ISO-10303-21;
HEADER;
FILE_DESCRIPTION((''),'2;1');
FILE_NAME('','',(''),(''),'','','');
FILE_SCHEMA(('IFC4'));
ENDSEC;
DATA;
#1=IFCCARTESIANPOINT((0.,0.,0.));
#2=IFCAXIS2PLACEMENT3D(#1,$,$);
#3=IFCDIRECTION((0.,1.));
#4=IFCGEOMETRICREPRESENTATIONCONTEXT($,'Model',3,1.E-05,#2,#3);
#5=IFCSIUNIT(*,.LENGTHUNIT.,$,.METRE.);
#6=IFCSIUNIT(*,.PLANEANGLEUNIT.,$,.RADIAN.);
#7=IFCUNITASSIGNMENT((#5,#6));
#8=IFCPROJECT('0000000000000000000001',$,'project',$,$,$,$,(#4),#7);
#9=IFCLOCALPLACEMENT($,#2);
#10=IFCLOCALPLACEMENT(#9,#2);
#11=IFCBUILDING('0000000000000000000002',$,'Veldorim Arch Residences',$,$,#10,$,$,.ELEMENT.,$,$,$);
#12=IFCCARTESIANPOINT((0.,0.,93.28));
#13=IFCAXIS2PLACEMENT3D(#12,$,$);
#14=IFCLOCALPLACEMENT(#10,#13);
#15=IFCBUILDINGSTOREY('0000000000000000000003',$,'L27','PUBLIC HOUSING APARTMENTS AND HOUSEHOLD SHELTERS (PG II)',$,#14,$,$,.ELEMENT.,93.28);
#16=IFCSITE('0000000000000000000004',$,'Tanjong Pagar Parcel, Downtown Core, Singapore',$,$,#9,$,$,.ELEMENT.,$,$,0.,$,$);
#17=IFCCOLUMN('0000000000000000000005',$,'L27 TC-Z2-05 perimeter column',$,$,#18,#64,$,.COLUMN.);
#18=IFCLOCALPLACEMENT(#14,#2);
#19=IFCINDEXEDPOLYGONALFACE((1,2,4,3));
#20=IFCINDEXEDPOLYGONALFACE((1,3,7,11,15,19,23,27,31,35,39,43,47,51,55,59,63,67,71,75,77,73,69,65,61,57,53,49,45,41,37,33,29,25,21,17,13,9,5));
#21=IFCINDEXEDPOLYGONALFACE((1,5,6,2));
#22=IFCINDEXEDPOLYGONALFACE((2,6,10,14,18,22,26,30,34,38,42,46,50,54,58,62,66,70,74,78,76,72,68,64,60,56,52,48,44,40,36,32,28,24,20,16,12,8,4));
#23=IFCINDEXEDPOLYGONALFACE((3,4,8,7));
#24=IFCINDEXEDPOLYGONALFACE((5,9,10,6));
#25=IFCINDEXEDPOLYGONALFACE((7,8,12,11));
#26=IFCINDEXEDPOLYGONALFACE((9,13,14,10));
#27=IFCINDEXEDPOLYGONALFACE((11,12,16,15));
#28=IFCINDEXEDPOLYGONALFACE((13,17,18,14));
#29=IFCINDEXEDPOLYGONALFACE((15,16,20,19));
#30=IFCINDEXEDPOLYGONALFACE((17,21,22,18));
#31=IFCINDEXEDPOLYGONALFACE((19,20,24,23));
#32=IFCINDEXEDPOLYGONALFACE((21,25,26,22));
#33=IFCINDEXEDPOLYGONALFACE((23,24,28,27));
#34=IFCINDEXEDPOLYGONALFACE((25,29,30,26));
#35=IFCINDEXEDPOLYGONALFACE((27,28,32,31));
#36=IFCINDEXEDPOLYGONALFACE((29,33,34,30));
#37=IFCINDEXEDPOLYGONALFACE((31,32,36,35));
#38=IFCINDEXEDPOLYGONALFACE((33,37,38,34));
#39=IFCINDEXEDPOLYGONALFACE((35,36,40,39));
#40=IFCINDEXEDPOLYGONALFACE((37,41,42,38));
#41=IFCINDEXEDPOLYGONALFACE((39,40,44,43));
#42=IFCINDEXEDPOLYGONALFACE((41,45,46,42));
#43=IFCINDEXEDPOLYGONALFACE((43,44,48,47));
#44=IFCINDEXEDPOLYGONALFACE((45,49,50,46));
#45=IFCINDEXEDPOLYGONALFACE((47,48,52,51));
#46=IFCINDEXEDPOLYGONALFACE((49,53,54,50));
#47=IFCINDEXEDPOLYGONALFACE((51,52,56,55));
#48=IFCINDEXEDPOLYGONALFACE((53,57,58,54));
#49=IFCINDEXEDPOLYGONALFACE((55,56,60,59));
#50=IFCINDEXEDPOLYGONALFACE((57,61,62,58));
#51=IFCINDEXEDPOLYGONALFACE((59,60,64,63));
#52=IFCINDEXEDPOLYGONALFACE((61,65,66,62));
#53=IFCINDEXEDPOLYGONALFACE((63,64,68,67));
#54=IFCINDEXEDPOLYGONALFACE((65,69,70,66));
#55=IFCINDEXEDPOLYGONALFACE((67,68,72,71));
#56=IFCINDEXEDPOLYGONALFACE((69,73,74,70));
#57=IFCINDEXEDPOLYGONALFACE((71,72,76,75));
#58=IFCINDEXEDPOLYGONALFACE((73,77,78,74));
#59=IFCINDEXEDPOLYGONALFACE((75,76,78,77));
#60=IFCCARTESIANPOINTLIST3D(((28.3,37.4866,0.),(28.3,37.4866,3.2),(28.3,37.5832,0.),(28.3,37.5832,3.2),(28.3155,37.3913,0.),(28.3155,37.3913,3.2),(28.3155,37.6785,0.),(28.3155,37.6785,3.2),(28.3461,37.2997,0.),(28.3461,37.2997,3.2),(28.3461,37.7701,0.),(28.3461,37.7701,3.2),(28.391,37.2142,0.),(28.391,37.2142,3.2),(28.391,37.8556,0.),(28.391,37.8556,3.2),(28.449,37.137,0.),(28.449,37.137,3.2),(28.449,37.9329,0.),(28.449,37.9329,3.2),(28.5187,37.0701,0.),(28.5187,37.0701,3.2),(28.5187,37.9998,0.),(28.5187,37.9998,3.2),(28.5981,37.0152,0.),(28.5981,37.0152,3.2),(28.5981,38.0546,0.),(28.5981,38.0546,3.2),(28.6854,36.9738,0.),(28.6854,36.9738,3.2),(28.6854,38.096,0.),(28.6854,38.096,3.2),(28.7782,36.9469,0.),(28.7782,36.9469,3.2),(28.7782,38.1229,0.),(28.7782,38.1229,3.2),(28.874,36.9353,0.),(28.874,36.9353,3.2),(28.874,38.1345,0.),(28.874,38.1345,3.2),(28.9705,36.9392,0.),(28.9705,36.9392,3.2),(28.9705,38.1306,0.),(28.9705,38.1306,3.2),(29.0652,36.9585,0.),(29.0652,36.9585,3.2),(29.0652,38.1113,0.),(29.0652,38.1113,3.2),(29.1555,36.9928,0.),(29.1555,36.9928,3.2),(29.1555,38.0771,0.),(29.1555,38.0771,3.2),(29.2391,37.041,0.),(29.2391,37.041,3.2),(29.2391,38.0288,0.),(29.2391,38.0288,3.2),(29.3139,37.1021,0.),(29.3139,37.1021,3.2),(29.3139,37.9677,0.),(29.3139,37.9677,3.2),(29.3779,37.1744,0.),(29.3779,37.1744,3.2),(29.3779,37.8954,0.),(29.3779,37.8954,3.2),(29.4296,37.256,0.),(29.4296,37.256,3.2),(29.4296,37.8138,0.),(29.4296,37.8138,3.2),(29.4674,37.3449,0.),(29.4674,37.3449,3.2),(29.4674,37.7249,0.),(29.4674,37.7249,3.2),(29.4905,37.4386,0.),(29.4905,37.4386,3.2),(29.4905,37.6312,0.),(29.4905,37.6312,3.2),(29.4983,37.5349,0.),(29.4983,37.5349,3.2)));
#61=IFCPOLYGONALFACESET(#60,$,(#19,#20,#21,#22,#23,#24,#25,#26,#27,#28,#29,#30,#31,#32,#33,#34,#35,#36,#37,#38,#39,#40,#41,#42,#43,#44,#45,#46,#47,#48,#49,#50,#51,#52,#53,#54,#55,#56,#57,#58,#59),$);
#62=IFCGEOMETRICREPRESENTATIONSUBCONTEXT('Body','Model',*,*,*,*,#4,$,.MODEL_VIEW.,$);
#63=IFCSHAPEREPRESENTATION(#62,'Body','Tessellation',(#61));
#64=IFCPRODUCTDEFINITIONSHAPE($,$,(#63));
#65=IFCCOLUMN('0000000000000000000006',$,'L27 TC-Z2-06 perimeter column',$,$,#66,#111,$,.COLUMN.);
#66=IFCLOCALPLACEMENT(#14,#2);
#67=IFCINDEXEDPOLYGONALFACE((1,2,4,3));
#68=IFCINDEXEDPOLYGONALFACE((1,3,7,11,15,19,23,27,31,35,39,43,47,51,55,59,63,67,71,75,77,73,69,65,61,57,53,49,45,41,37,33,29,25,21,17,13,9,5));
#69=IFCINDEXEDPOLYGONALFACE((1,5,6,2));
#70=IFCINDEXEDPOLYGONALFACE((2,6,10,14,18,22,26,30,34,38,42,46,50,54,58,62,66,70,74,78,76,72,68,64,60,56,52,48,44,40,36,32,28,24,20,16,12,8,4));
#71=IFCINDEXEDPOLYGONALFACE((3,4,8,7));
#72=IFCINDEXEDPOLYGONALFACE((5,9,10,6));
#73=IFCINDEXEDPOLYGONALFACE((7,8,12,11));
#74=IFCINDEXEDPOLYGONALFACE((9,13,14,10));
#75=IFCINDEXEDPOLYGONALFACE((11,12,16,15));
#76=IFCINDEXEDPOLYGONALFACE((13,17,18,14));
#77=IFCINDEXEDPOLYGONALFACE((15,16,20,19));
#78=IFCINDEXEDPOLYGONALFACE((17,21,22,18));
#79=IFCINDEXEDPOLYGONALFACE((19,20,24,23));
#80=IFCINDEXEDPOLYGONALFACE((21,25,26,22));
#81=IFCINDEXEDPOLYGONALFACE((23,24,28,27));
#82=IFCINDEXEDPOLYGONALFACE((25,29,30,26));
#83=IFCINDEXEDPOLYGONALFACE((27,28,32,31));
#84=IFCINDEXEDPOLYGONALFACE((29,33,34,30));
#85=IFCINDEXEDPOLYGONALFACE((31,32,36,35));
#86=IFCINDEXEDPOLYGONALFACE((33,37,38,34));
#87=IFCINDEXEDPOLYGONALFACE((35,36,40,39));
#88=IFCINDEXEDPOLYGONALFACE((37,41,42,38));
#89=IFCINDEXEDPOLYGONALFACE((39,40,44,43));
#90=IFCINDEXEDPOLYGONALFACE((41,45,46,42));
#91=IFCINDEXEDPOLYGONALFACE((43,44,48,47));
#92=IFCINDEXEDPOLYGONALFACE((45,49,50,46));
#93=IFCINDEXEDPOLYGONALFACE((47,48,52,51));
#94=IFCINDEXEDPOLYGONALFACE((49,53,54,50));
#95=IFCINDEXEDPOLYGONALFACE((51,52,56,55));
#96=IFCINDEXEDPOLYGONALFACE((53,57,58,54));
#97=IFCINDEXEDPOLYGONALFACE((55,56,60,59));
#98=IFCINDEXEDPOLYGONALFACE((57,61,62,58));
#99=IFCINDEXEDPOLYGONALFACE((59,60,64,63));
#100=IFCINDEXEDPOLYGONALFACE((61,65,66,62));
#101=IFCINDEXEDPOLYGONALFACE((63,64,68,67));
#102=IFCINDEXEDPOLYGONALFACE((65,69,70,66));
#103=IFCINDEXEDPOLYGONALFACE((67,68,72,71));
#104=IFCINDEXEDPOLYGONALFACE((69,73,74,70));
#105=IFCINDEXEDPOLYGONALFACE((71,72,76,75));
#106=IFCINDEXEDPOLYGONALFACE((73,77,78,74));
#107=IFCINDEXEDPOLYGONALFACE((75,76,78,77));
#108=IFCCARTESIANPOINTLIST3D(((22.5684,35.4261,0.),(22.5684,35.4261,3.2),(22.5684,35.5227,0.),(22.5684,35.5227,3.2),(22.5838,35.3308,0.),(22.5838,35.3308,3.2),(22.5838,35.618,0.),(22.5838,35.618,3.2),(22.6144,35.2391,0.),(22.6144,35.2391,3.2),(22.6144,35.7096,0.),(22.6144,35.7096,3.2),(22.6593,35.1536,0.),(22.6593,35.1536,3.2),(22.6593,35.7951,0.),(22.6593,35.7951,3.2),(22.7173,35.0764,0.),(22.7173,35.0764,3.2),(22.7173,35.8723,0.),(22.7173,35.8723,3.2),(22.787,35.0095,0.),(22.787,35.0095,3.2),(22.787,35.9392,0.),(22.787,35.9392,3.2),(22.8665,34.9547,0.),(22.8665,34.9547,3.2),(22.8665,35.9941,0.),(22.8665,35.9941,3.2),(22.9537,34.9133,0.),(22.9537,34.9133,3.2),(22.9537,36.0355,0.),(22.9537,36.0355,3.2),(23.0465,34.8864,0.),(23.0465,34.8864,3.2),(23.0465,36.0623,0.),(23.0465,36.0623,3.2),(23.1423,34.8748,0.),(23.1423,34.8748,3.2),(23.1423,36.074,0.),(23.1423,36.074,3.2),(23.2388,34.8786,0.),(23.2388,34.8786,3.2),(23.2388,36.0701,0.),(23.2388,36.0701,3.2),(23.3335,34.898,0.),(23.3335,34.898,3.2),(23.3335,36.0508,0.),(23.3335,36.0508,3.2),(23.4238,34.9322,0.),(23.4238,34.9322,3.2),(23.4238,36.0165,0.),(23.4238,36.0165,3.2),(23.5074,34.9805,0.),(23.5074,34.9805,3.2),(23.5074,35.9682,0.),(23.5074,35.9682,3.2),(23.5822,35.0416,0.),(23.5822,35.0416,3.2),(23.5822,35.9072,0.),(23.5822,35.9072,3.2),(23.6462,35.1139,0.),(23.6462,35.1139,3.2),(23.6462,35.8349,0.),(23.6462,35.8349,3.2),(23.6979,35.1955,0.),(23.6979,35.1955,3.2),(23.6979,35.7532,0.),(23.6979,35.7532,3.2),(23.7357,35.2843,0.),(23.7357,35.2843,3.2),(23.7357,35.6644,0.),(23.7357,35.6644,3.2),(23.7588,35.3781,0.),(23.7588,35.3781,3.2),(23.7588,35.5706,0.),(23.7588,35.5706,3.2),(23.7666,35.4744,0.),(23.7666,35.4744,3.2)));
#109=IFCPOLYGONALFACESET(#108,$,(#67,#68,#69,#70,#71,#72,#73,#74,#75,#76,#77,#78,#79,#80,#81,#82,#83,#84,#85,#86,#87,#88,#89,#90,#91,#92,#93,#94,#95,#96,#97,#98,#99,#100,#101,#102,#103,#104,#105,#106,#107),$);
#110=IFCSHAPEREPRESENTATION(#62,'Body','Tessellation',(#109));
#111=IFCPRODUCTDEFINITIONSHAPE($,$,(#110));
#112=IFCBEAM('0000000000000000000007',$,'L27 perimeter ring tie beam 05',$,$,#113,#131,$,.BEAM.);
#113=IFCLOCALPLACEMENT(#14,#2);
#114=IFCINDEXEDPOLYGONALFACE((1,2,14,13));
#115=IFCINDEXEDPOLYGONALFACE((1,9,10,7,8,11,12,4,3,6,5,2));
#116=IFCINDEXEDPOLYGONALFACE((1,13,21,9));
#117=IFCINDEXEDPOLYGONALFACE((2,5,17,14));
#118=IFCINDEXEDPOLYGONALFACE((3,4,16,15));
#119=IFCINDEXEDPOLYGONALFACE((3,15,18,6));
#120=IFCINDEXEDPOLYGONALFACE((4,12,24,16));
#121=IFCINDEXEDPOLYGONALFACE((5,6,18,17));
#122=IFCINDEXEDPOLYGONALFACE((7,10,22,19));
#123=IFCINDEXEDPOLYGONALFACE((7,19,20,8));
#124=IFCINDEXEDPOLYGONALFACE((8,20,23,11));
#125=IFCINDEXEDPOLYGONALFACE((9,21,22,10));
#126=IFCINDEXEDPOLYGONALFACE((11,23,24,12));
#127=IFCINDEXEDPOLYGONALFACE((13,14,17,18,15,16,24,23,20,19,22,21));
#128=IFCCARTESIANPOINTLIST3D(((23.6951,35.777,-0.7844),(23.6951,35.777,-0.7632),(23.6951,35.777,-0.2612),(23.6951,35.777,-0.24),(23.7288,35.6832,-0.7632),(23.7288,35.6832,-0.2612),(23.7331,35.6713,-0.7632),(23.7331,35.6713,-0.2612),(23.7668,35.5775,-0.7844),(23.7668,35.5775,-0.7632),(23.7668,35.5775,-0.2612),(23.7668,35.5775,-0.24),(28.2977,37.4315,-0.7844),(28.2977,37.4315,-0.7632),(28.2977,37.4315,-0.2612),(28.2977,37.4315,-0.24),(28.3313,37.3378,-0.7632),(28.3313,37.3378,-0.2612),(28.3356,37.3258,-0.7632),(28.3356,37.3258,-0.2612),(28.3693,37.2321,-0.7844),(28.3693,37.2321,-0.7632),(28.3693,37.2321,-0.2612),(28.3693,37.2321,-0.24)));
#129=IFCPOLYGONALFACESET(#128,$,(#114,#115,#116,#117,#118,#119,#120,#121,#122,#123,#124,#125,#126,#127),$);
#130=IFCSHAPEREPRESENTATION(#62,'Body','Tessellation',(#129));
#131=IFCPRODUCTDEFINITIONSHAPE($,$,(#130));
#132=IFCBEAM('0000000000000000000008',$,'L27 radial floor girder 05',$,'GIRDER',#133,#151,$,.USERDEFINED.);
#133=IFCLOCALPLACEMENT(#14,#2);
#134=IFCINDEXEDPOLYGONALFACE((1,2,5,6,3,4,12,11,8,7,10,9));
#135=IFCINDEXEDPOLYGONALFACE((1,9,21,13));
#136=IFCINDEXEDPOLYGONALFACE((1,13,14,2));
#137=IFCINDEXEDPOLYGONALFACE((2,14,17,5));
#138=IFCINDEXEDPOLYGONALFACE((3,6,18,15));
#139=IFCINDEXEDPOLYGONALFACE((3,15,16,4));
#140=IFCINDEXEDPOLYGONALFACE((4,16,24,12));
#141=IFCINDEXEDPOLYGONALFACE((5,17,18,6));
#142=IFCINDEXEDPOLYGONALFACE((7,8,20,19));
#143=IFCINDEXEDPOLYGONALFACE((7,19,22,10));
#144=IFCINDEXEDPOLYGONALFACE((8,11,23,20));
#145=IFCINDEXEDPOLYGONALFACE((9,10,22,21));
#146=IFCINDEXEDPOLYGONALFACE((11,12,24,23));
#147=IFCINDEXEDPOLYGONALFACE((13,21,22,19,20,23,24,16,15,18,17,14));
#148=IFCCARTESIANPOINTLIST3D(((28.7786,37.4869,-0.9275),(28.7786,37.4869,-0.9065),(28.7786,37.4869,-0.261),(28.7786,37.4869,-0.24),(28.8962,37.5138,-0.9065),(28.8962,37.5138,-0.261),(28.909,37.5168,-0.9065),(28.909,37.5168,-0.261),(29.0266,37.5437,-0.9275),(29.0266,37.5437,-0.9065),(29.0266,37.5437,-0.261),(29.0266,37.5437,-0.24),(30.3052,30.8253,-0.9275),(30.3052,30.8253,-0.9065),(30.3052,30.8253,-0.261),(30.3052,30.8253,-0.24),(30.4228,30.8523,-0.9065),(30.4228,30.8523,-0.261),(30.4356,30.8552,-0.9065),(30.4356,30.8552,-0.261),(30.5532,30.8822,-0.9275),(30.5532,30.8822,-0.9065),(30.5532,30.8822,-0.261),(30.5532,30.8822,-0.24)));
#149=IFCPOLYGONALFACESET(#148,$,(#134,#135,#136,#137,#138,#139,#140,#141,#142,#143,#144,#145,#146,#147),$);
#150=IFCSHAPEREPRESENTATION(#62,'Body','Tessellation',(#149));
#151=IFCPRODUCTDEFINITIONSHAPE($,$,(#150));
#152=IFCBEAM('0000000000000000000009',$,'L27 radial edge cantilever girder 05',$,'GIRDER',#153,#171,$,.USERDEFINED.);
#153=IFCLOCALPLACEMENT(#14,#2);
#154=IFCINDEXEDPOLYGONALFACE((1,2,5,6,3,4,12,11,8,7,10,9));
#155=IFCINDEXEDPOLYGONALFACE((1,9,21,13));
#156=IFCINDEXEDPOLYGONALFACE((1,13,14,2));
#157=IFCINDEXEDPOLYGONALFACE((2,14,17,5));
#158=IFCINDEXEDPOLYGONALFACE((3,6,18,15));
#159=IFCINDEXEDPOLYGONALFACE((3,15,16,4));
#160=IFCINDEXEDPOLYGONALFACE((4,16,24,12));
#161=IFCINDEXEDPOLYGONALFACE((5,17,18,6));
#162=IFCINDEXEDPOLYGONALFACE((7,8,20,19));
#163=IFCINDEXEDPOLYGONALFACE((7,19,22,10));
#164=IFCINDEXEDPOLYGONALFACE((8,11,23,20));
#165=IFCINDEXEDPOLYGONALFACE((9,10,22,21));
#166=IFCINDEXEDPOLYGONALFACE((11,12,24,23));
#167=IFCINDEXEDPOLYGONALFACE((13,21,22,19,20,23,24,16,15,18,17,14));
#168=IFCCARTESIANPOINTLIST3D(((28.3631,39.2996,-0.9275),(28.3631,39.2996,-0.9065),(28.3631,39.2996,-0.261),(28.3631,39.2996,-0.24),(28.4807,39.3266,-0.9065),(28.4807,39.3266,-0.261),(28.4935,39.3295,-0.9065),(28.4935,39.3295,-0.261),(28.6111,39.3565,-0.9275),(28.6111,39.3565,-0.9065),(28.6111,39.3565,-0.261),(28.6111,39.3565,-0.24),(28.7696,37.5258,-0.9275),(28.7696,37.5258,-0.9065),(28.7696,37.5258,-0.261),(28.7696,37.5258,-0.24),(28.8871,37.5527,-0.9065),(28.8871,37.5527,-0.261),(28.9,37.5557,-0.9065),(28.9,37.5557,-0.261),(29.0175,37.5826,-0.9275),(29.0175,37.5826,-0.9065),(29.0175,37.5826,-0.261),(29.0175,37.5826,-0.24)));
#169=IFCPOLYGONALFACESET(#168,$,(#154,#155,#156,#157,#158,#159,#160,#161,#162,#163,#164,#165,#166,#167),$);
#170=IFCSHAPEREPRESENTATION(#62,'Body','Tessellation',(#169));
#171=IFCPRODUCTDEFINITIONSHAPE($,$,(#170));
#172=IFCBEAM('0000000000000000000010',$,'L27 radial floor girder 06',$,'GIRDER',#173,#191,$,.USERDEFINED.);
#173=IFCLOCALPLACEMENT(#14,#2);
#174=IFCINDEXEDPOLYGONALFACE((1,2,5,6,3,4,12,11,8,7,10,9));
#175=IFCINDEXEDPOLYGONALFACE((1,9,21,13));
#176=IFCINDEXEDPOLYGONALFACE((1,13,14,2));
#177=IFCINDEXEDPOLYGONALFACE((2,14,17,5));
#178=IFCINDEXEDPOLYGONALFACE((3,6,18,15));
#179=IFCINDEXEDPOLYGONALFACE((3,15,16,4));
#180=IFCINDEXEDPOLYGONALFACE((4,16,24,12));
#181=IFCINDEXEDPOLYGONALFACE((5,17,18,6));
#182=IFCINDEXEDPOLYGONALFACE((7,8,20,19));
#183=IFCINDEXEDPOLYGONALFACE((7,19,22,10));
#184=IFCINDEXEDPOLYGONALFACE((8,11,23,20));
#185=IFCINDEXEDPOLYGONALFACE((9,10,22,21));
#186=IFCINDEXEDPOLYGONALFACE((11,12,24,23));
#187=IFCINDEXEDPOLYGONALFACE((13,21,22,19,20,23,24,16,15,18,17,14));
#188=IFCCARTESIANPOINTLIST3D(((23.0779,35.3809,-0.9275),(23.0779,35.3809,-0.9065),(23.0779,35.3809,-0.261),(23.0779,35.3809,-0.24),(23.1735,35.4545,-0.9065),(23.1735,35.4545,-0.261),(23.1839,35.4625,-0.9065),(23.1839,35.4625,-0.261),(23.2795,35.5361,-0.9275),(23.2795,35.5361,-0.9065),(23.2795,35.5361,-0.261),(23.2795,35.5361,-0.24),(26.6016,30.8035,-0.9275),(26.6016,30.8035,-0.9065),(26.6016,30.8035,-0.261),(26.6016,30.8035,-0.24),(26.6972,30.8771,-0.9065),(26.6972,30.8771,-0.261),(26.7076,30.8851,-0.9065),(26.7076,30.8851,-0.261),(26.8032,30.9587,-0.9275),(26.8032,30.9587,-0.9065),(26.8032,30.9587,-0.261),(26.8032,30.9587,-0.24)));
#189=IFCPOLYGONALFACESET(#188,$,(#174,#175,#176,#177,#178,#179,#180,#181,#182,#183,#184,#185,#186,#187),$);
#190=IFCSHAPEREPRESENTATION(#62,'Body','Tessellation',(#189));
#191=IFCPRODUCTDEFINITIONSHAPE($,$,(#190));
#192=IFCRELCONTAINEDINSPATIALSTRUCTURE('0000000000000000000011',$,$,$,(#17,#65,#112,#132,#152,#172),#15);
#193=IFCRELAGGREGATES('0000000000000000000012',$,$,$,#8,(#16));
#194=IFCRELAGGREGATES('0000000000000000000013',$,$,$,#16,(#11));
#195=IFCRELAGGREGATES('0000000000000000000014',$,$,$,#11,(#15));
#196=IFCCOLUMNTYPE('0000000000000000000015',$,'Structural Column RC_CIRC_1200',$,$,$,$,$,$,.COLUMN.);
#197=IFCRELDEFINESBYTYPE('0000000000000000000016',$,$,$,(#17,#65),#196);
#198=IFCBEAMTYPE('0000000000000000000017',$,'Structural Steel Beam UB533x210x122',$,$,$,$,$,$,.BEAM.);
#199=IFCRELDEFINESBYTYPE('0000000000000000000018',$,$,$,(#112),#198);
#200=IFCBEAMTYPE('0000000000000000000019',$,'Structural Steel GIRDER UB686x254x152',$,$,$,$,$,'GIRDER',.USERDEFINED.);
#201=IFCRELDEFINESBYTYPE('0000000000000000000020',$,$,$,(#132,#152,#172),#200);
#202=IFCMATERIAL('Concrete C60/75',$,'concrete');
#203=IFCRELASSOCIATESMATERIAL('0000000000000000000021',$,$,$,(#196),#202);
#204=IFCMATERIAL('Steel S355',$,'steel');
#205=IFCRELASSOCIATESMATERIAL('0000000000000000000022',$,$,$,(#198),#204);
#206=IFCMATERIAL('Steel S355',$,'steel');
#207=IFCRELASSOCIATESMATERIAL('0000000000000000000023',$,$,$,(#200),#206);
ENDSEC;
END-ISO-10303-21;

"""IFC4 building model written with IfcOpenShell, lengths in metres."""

from ifc_helpers import new_model, si_unit, direction, frame, origin, origin_2d, place, context, subcontext, project, spatial, circle, i_section, extrude, material, material_profile, profile_set, type_object, element, save


model = new_model("IFC4")

# Units and contexts
model_context = context("Model", 3, precision=1e-05, world=origin(), true_north=direction((0.0, 1.0)))
body_context = subcontext(model_context, "Body", "Model", "MODEL_VIEW")
ifc_project = project(units=[si_unit("LENGTHUNIT", "METRE"), si_unit("PLANEANGLEUNIT", "RADIAN")], contexts=[model_context])

# Site, building, storey
site_placement = place(None, origin())
site = spatial("IfcSite", under=ifc_project, at=site_placement, Name="Tanjong Pagar Parcel, Downtown Core, Singapore", CompositionType="ELEMENT", RefElevation=0.0)
building_placement = place(site_placement, origin())
building = spatial("IfcBuilding", under=site, at=building_placement, Name="Veldorim Arch Residences", CompositionType="ELEMENT")
storey_placement = place(building_placement, frame((0.0, 0.0, 93.28)))
storey = spatial("IfcBuildingStorey", under=building, at=storey_placement, Name="L27", Description="PUBLIC HOUSING APARTMENTS AND HOUSEHOLD SHELTERS (PG II)", CompositionType="ELEMENT", Elevation=93.28)

# Columns
ifc_material_1 = material(Name="Concrete C60/75", Category="concrete")
ifc_material_profile_1 = material_profile(ifc_material_1, circle(Radius=0.6001, at=origin_2d()), Name="RC_CIRC_1200")
ifc_profile_set_1 = profile_set([ifc_material_profile_1], Name="Concrete C60/75")
column_type = type_object("IfcColumnType", Name="Structural Column RC_CIRC_1200", PredefinedType="COLUMN", material=ifc_profile_set_1)
for number, where, z_axis, x_axis, name in (
    (1, (28.8982, 37.5349, 0.0), (0.0, 0.0, 1.0), (1.0, 0.0, 0.0), "L27 TC-Z2-05 perimeter column"),
    (2, (23.1665, 35.4744, 0.0), (0.0, 0.0, 1.0), (1.0, 0.0, 0.0), "L27 TC-Z2-06 perimeter column"),
):
    element("IfcColumn", number, at=place(storey_placement, frame(where, z_axis=z_axis, x_axis=x_axis)), inside=storey, type_object=column_type, Name=name, PredefinedType="COLUMN", context=body_context, shape_type="SweptSolid", body=[
        extrude(circle(Radius=0.6001, at=origin_2d()), origin(), (0.0, 0.0, 1.0), 3.2),
    ])

# Beams
ifc_material_2 = material(Name="Steel S355", Category="steel")
ifc_material_profile_2 = material_profile(ifc_material_2, i_section(OverallWidth=0.2119, OverallDepth=0.5444, WebThickness=0.0127, FlangeThickness=0.0212, at=origin_2d()), Name="UB533x210x122")
ifc_profile_set_2 = profile_set([ifc_material_profile_2], Name="Steel S355")
beam_type_1 = type_object("IfcBeamType", Name="Structural Steel Beam UB533x210x122", PredefinedType="BEAM", material=ifc_profile_set_2)
beam_1_placement = place(storey_placement, frame((28.3335, 37.3318, -0.5122), z_axis=(-0.941042, -0.33829, 0.0), x_axis=(0.33829, -0.941042, 0.0)))
element("IfcBeam", 3, at=beam_1_placement, inside=storey, type_object=beam_type_1, Name="L27 perimeter ring tie beam 05", PredefinedType="BEAM", context=body_context, shape_type="SweptSolid", body=[
    extrude(i_section(OverallWidth=0.2119, OverallDepth=0.5444, WebThickness=0.0127, FlangeThickness=0.0212, at=origin_2d()), origin(), (0.0, 0.0, 1.0), 4.8909),
])
ifc_material_3 = material(Name="Steel S355", Category="steel")
ifc_material_profile_3 = material_profile(ifc_material_3, i_section(OverallWidth=0.2544, OverallDepth=0.6875, WebThickness=0.0132, FlangeThickness=0.021, at=origin_2d()), Name="UB686x254x152")
ifc_profile_set_3 = profile_set([ifc_material_profile_3], Name="Steel S355")
beam_type_2 = type_object("IfcBeamType", Name="Structural Steel GIRDER UB686x254x152", ElementType="GIRDER", PredefinedType="USERDEFINED", material=ifc_profile_set_3)
beam_2_placement = place(storey_placement, frame((30.4292, 30.8538, -0.5837), z_axis=(-0.223375, 0.974733, 0.0), x_axis=(-0.974733, -0.223375, 0.0)))
element("IfcBeam", 4, at=beam_2_placement, inside=storey, type_object=beam_type_2, Name="L27 radial floor girder 05", ObjectType="GIRDER", PredefinedType="USERDEFINED", context=body_context, shape_type="SweptSolid", body=[
    extrude(i_section(OverallWidth=0.2544, OverallDepth=0.6875, WebThickness=0.0132, FlangeThickness=0.021, at=origin_2d()), origin(), (0.0, 0.0, 1.0), 6.8342),
])
beam_3_placement = place(storey_placement, frame((28.8936, 37.5542, -0.5837), z_axis=(-0.22336, 0.974736, 0.0), x_axis=(-0.974736, -0.22336, 0.0)))
element("IfcBeam", 5, at=beam_3_placement, inside=storey, type_object=beam_type_2, Name="L27 radial edge cantilever girder 05", ObjectType="GIRDER", PredefinedType="USERDEFINED", context=body_context, shape_type="SweptSolid", body=[
    extrude(i_section(OverallWidth=0.2544, OverallDepth=0.6875, WebThickness=0.0132, FlangeThickness=0.021, at=origin_2d()), origin(), (0.0, 0.0, 1.0), 1.8198),
])
beam_4_placement = place(storey_placement, frame((26.7024, 30.8811, -0.5837), z_axis=(-0.609995, 0.792406, 0.0), x_axis=(-0.792406, -0.609995, 0.0)))
element("IfcBeam", 6, at=beam_4_placement, inside=storey, type_object=beam_type_2, Name="L27 radial floor girder 06", ObjectType="GIRDER", PredefinedType="USERDEFINED", context=body_context, shape_type="SweptSolid", body=[
    extrude(i_section(OverallWidth=0.2544, OverallDepth=0.6875, WebThickness=0.0132, FlangeThickness=0.021, at=origin_2d()), origin(), (0.0, 0.0, 1.0), 5.7766),
])

save(model, "model.ifc")
